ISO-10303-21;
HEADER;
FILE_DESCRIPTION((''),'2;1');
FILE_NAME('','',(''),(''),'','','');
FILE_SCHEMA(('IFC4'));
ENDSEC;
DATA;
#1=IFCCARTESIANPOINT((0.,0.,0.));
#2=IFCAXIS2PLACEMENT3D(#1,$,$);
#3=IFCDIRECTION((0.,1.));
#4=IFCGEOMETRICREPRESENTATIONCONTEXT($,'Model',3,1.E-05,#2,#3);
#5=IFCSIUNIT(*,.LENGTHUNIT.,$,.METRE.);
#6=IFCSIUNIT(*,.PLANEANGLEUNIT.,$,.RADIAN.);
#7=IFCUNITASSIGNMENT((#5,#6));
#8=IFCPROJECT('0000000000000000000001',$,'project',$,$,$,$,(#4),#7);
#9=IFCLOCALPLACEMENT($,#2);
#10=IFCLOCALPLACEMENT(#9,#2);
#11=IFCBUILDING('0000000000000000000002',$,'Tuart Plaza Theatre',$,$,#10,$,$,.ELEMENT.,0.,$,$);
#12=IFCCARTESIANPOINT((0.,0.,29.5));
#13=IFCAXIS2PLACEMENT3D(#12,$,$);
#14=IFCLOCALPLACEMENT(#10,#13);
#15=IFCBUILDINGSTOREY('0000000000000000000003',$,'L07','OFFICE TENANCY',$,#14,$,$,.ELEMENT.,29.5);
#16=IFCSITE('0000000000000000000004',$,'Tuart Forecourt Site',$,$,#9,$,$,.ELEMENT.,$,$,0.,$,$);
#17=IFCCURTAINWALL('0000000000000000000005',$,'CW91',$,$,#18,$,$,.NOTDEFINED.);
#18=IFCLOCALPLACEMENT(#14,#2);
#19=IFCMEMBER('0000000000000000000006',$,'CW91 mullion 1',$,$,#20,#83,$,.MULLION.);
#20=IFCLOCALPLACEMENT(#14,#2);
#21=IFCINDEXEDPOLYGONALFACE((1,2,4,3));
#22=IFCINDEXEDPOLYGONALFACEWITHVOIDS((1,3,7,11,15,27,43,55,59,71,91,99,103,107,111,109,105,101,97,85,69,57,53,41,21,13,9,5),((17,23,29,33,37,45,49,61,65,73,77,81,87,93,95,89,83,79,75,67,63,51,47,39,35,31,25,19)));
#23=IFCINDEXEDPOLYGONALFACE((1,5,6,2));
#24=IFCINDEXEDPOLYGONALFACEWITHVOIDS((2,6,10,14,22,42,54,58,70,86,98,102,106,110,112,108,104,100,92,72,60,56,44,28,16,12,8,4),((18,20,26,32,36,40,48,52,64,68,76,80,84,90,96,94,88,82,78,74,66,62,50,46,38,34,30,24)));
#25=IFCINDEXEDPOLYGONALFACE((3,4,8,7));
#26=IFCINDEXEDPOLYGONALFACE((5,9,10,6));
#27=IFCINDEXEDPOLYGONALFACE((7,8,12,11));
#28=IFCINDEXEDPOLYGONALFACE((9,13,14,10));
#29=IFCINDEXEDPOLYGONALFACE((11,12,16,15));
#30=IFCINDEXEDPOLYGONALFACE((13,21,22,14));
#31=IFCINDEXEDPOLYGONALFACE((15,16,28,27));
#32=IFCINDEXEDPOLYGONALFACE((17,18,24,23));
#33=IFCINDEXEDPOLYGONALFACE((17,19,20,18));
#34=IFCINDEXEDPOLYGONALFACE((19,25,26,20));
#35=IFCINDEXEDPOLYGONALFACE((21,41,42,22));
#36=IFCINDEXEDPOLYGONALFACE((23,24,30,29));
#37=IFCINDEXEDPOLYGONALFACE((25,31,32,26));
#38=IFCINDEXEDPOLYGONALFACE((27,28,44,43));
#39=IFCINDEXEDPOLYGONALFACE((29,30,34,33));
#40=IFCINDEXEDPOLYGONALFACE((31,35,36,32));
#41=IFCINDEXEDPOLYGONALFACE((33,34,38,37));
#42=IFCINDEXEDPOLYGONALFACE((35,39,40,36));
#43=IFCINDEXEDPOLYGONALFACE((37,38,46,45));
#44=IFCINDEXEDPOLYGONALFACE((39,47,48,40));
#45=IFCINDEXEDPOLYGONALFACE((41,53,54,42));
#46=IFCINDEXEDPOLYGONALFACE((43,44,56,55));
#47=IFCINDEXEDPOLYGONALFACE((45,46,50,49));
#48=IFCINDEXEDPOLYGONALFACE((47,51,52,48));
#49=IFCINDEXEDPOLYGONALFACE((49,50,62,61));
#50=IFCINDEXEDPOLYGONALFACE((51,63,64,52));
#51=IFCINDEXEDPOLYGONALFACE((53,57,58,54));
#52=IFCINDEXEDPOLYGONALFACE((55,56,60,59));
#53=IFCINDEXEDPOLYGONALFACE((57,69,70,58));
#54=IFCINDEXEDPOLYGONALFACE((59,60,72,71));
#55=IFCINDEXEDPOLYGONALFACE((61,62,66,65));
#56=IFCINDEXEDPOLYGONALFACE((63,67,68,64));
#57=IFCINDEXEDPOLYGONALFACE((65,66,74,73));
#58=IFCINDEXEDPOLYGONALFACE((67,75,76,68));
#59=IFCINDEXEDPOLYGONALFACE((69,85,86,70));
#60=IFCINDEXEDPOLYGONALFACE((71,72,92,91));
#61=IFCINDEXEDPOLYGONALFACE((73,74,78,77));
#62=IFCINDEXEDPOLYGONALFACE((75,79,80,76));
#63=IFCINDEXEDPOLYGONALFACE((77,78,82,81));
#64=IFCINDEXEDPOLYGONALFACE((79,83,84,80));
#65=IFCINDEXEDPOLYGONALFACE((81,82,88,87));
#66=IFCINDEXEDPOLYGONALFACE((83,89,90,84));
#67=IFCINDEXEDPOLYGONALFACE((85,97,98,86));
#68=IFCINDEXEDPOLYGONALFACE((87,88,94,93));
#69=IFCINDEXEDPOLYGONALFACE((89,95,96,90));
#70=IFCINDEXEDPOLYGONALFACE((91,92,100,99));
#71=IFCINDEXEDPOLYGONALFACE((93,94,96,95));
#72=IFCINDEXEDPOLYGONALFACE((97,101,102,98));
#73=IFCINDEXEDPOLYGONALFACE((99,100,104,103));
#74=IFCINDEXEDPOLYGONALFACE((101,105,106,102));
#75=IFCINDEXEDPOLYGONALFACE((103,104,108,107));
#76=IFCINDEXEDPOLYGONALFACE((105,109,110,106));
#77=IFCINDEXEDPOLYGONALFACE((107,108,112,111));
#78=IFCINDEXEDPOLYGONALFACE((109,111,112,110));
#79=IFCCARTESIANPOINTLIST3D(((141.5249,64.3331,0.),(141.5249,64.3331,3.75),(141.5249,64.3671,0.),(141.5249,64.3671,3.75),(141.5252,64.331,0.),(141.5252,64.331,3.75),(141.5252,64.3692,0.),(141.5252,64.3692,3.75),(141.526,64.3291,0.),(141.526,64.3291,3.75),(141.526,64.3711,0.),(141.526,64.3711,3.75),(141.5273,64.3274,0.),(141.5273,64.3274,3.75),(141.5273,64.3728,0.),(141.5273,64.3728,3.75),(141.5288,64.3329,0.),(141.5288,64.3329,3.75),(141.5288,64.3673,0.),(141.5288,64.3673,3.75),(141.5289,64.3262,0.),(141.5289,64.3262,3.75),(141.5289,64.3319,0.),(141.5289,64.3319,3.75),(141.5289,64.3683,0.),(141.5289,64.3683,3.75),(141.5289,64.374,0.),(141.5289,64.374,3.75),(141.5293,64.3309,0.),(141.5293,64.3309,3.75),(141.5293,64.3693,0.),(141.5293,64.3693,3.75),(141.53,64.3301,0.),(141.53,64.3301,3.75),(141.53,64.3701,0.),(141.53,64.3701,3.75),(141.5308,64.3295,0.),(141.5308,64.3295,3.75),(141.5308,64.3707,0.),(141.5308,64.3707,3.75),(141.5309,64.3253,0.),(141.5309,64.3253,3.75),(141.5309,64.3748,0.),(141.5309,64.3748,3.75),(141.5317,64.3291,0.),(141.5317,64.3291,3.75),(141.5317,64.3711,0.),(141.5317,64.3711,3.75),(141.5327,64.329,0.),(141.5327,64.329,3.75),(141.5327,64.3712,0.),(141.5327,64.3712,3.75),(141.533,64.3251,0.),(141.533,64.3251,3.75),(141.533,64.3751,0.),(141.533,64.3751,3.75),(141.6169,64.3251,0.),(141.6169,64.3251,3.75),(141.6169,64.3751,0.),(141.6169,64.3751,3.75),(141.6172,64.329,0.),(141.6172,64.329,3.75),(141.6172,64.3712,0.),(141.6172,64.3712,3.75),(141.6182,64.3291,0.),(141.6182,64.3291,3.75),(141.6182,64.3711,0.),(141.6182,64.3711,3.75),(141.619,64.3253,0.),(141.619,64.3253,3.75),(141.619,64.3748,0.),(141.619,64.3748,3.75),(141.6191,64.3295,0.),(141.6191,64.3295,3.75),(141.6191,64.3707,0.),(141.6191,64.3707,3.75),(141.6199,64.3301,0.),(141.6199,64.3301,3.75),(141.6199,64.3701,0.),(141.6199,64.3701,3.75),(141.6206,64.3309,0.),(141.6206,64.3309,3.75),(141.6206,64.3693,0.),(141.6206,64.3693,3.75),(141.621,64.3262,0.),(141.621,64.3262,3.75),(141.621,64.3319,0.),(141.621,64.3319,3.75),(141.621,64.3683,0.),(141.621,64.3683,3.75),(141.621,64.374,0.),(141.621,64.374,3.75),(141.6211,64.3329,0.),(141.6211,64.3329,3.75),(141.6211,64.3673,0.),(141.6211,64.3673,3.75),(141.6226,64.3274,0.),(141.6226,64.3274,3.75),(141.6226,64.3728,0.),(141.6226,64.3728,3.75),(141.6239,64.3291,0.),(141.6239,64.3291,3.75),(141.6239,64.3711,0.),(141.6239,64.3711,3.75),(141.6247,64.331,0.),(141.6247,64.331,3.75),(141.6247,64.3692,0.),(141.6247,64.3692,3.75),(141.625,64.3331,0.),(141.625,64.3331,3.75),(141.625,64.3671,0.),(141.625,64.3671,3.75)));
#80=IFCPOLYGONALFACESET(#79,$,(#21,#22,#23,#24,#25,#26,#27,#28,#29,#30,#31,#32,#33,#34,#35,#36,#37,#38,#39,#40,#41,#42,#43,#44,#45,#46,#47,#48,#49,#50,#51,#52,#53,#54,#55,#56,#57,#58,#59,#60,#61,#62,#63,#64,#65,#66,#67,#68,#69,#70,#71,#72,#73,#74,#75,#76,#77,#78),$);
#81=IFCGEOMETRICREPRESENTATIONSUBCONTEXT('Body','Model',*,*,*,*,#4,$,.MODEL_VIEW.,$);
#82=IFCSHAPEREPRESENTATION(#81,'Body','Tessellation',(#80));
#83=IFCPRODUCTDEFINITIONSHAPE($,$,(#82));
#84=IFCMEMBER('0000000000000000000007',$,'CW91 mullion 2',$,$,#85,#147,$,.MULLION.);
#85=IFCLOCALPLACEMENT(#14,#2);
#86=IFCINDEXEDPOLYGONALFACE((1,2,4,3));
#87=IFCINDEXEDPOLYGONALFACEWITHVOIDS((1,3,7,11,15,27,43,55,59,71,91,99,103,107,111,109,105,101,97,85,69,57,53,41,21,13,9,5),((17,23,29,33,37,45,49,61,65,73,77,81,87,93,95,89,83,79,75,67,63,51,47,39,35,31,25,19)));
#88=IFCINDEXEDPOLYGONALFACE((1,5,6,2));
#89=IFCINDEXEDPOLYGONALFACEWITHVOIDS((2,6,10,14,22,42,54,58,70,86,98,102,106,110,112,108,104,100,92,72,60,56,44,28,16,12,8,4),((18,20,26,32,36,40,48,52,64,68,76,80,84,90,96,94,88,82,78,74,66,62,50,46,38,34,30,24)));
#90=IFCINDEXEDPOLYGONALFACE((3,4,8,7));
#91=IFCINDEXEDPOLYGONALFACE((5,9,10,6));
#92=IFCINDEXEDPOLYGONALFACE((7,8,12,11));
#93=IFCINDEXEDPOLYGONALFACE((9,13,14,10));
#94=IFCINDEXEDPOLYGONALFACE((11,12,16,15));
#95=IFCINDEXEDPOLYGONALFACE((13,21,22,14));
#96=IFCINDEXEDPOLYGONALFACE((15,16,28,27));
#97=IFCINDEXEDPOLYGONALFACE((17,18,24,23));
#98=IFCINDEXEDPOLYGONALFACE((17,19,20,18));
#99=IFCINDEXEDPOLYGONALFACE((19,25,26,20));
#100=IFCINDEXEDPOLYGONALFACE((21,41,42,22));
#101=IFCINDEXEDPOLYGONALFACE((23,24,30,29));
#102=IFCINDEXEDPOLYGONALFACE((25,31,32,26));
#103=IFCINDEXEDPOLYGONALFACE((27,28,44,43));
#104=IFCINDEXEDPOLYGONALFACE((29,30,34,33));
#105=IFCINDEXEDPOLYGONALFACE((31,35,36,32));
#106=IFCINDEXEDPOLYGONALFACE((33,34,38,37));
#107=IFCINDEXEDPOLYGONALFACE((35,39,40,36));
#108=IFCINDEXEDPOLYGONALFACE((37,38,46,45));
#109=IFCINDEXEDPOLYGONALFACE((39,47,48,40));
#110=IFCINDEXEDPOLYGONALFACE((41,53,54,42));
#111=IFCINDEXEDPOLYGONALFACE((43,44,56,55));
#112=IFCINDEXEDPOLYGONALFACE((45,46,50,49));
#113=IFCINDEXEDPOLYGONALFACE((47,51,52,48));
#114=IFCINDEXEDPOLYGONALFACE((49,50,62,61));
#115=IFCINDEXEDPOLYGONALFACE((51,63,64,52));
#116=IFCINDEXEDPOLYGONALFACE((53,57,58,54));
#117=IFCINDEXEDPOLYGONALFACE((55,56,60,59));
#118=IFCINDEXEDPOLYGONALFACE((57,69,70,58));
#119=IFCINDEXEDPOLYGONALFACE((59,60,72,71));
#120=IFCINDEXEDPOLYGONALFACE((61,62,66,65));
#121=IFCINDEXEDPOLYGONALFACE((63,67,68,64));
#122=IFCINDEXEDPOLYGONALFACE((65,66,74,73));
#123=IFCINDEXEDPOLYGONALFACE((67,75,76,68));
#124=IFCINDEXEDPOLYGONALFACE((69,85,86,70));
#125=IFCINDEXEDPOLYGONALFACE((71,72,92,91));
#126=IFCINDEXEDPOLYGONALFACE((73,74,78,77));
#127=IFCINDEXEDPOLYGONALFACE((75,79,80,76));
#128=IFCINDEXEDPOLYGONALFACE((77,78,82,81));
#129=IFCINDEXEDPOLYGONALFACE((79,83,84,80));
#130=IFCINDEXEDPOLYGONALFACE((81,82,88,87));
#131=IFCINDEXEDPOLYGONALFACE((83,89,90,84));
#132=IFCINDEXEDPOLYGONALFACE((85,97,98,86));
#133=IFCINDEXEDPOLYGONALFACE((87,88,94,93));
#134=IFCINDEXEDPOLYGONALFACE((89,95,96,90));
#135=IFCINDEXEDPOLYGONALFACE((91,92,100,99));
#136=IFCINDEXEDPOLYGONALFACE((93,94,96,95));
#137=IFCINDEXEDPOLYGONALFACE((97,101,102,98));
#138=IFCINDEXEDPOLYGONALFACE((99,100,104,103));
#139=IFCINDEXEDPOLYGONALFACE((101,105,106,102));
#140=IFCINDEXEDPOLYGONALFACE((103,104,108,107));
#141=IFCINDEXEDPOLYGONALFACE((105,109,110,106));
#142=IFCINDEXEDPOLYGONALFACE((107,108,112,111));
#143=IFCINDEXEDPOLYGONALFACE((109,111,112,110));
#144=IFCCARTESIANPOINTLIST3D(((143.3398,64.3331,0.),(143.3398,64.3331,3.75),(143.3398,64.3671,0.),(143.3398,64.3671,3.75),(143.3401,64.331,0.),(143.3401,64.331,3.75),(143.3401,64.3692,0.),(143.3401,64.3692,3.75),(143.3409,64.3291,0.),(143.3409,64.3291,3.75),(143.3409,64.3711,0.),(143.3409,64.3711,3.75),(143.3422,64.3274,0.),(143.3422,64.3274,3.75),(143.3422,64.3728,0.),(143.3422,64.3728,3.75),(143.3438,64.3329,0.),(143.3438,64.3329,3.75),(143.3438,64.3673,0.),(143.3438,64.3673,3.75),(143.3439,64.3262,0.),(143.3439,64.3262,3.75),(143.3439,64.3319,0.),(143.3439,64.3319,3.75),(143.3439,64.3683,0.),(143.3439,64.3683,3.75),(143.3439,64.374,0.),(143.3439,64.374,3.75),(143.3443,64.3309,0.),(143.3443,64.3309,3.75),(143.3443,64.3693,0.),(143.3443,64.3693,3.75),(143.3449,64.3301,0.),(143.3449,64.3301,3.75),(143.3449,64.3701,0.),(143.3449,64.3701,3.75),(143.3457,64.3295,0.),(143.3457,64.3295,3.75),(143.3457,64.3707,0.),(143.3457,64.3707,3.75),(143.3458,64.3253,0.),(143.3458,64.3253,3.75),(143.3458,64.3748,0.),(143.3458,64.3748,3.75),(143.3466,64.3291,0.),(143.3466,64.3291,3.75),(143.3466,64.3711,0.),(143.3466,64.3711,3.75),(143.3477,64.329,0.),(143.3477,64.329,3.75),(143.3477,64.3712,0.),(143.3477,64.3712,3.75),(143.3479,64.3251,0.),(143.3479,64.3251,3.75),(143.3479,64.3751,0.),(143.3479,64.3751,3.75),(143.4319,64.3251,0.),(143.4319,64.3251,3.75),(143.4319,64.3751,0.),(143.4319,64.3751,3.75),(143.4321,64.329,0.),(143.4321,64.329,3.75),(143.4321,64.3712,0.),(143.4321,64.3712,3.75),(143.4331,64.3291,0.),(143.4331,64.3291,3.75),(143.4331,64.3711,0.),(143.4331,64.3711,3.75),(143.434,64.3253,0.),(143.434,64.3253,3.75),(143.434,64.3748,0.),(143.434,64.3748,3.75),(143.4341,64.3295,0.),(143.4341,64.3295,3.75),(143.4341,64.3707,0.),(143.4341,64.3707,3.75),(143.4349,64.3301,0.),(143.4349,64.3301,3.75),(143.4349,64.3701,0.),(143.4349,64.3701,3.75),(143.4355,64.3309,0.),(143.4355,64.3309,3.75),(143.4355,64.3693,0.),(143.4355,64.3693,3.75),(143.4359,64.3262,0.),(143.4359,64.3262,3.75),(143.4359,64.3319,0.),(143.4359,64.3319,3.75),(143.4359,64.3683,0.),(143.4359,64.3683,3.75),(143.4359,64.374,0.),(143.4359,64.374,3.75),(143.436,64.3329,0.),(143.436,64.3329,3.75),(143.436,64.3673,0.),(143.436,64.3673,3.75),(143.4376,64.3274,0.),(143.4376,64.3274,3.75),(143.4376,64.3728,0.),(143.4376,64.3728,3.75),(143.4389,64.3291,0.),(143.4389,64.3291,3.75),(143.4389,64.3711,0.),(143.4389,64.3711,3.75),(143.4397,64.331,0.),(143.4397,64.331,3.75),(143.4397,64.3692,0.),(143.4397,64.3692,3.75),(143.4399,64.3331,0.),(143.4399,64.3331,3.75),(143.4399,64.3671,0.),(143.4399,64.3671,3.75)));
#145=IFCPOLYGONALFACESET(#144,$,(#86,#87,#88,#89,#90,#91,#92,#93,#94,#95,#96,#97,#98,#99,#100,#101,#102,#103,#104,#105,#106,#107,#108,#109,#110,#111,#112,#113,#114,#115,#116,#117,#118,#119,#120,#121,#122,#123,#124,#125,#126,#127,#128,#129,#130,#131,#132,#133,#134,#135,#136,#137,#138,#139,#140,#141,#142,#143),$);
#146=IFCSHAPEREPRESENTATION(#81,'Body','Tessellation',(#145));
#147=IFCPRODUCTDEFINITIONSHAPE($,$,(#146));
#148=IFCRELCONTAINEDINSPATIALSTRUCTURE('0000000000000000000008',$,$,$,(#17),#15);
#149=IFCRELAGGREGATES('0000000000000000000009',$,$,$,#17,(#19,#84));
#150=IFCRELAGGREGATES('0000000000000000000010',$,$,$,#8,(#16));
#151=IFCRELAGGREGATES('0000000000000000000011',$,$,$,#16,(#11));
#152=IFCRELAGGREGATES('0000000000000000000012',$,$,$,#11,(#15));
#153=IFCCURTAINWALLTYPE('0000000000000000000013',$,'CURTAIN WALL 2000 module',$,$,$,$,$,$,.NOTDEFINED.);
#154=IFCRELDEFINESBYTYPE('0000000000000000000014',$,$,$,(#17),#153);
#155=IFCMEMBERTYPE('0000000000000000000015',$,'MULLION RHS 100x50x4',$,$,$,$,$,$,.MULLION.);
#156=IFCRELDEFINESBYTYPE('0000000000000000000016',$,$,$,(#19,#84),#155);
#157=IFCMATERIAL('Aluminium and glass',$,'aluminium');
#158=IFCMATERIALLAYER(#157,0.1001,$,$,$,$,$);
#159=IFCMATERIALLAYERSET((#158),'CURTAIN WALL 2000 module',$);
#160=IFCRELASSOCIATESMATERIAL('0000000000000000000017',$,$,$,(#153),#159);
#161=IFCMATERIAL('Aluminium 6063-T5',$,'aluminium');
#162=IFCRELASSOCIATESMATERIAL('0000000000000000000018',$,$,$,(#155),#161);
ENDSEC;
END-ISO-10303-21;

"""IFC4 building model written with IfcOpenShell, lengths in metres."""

from ifc_helpers import new_model, si_unit, direction, frame, origin, origin_2d, place, context, subcontext, project, spatial, hollow_rectangle, extrude, material, layer, layer_set, material_profile, profile_set, type_object, element, aggregate, save


model = new_model("IFC4")

# Units and contexts
model_context = context("Model", 3, precision=1e-05, world=origin(), true_north=direction((0.0, 1.0)))
body_context = subcontext(model_context, "Body", "Model", "MODEL_VIEW")
ifc_project = project(units=[si_unit("LENGTHUNIT", "METRE"), si_unit("PLANEANGLEUNIT", "RADIAN")], contexts=[model_context])

# Site, building, storey
site_placement = place(None, origin())
site = spatial("IfcSite", under=ifc_project, at=site_placement, Name="Tuart Forecourt Site", CompositionType="ELEMENT", RefElevation=0.0)
building_placement = place(site_placement, origin())
building = spatial("IfcBuilding", under=site, at=building_placement, Name="Tuart Plaza Theatre", CompositionType="ELEMENT", ElevationOfRefHeight=0.0)
storey_placement = place(building_placement, frame((0.0, 0.0, 29.5)))
storey = spatial("IfcBuildingStorey", under=building, at=storey_placement, Name="L07", Description="OFFICE TENANCY", CompositionType="ELEMENT", Elevation=29.5)

# Curtain wall, members
ifc_material_1 = material(Name="Aluminium and glass", Category="aluminium")
ifc_layer_1 = layer(ifc_material_1, 0.1001)
ifc_layer_set_1 = layer_set([ifc_layer_1], Name="CURTAIN WALL 2000 module")
curtain_wall_type = type_object("IfcCurtainWallType", Name="CURTAIN WALL 2000 module", PredefinedType="NOTDEFINED", material=ifc_layer_set_1)
ifc_material_2 = material(Name="Aluminium 6063-T5", Category="aluminium")
ifc_material_profile_1 = material_profile(ifc_material_2, hollow_rectangle(XDim=0.05, YDim=0.1001, WallThickness=0.0039, InnerFilletRadius=0.0039, OuterFilletRadius=0.0081, at=origin_2d()), Name="RHS 100x50x4")
ifc_profile_set_1 = profile_set([ifc_material_profile_1], Name="Aluminium 6063-T5")
member_type_1 = type_object("IfcMemberType", Name="MULLION RHS 100x50x4", PredefinedType="MULLION", material=ifc_profile_set_1)
curtain_wall_1_placement = place(storey_placement, origin())
curtain_wall_1 = element("IfcCurtainWall", 1, at=curtain_wall_1_placement, inside=storey, type_object=curtain_wall_type, Name="CW91", PredefinedType="NOTDEFINED")
member_1_placement = place(storey_placement, frame((141.575, 64.3501, 0.0), z_axis=(0.0, 0.0, 1.0), x_axis=(0.0, 1.0, 0.0)))
member_1 = element("IfcMember", 2, at=member_1_placement, type_object=member_type_1, Name="CW91 mullion 1", PredefinedType="MULLION", context=body_context, shape_type="SweptSolid", body=[
    extrude(hollow_rectangle(XDim=0.05, YDim=0.1001, WallThickness=0.0039, InnerFilletRadius=0.0039, OuterFilletRadius=0.0081, at=origin_2d()), origin(), (0.0, 0.0, 1.0), 3.75),
])
member_2_placement = place(storey_placement, frame((143.3899, 64.3501, 0.0), z_axis=(0.0, 0.0, 1.0), x_axis=(0.0, 1.0, 0.0)))
member_2 = element("IfcMember", 3, at=member_2_placement, type_object=member_type_1, Name="CW91 mullion 2", PredefinedType="MULLION", context=body_context, shape_type="SweptSolid", body=[
    extrude(hollow_rectangle(XDim=0.05, YDim=0.1001, WallThickness=0.0039, InnerFilletRadius=0.0039, OuterFilletRadius=0.0081, at=origin_2d()), origin(), (0.0, 0.0, 1.0), 3.75),
])

aggregate(curtain_wall_1, [member_1, member_2])

save(model, "model.ifc")
